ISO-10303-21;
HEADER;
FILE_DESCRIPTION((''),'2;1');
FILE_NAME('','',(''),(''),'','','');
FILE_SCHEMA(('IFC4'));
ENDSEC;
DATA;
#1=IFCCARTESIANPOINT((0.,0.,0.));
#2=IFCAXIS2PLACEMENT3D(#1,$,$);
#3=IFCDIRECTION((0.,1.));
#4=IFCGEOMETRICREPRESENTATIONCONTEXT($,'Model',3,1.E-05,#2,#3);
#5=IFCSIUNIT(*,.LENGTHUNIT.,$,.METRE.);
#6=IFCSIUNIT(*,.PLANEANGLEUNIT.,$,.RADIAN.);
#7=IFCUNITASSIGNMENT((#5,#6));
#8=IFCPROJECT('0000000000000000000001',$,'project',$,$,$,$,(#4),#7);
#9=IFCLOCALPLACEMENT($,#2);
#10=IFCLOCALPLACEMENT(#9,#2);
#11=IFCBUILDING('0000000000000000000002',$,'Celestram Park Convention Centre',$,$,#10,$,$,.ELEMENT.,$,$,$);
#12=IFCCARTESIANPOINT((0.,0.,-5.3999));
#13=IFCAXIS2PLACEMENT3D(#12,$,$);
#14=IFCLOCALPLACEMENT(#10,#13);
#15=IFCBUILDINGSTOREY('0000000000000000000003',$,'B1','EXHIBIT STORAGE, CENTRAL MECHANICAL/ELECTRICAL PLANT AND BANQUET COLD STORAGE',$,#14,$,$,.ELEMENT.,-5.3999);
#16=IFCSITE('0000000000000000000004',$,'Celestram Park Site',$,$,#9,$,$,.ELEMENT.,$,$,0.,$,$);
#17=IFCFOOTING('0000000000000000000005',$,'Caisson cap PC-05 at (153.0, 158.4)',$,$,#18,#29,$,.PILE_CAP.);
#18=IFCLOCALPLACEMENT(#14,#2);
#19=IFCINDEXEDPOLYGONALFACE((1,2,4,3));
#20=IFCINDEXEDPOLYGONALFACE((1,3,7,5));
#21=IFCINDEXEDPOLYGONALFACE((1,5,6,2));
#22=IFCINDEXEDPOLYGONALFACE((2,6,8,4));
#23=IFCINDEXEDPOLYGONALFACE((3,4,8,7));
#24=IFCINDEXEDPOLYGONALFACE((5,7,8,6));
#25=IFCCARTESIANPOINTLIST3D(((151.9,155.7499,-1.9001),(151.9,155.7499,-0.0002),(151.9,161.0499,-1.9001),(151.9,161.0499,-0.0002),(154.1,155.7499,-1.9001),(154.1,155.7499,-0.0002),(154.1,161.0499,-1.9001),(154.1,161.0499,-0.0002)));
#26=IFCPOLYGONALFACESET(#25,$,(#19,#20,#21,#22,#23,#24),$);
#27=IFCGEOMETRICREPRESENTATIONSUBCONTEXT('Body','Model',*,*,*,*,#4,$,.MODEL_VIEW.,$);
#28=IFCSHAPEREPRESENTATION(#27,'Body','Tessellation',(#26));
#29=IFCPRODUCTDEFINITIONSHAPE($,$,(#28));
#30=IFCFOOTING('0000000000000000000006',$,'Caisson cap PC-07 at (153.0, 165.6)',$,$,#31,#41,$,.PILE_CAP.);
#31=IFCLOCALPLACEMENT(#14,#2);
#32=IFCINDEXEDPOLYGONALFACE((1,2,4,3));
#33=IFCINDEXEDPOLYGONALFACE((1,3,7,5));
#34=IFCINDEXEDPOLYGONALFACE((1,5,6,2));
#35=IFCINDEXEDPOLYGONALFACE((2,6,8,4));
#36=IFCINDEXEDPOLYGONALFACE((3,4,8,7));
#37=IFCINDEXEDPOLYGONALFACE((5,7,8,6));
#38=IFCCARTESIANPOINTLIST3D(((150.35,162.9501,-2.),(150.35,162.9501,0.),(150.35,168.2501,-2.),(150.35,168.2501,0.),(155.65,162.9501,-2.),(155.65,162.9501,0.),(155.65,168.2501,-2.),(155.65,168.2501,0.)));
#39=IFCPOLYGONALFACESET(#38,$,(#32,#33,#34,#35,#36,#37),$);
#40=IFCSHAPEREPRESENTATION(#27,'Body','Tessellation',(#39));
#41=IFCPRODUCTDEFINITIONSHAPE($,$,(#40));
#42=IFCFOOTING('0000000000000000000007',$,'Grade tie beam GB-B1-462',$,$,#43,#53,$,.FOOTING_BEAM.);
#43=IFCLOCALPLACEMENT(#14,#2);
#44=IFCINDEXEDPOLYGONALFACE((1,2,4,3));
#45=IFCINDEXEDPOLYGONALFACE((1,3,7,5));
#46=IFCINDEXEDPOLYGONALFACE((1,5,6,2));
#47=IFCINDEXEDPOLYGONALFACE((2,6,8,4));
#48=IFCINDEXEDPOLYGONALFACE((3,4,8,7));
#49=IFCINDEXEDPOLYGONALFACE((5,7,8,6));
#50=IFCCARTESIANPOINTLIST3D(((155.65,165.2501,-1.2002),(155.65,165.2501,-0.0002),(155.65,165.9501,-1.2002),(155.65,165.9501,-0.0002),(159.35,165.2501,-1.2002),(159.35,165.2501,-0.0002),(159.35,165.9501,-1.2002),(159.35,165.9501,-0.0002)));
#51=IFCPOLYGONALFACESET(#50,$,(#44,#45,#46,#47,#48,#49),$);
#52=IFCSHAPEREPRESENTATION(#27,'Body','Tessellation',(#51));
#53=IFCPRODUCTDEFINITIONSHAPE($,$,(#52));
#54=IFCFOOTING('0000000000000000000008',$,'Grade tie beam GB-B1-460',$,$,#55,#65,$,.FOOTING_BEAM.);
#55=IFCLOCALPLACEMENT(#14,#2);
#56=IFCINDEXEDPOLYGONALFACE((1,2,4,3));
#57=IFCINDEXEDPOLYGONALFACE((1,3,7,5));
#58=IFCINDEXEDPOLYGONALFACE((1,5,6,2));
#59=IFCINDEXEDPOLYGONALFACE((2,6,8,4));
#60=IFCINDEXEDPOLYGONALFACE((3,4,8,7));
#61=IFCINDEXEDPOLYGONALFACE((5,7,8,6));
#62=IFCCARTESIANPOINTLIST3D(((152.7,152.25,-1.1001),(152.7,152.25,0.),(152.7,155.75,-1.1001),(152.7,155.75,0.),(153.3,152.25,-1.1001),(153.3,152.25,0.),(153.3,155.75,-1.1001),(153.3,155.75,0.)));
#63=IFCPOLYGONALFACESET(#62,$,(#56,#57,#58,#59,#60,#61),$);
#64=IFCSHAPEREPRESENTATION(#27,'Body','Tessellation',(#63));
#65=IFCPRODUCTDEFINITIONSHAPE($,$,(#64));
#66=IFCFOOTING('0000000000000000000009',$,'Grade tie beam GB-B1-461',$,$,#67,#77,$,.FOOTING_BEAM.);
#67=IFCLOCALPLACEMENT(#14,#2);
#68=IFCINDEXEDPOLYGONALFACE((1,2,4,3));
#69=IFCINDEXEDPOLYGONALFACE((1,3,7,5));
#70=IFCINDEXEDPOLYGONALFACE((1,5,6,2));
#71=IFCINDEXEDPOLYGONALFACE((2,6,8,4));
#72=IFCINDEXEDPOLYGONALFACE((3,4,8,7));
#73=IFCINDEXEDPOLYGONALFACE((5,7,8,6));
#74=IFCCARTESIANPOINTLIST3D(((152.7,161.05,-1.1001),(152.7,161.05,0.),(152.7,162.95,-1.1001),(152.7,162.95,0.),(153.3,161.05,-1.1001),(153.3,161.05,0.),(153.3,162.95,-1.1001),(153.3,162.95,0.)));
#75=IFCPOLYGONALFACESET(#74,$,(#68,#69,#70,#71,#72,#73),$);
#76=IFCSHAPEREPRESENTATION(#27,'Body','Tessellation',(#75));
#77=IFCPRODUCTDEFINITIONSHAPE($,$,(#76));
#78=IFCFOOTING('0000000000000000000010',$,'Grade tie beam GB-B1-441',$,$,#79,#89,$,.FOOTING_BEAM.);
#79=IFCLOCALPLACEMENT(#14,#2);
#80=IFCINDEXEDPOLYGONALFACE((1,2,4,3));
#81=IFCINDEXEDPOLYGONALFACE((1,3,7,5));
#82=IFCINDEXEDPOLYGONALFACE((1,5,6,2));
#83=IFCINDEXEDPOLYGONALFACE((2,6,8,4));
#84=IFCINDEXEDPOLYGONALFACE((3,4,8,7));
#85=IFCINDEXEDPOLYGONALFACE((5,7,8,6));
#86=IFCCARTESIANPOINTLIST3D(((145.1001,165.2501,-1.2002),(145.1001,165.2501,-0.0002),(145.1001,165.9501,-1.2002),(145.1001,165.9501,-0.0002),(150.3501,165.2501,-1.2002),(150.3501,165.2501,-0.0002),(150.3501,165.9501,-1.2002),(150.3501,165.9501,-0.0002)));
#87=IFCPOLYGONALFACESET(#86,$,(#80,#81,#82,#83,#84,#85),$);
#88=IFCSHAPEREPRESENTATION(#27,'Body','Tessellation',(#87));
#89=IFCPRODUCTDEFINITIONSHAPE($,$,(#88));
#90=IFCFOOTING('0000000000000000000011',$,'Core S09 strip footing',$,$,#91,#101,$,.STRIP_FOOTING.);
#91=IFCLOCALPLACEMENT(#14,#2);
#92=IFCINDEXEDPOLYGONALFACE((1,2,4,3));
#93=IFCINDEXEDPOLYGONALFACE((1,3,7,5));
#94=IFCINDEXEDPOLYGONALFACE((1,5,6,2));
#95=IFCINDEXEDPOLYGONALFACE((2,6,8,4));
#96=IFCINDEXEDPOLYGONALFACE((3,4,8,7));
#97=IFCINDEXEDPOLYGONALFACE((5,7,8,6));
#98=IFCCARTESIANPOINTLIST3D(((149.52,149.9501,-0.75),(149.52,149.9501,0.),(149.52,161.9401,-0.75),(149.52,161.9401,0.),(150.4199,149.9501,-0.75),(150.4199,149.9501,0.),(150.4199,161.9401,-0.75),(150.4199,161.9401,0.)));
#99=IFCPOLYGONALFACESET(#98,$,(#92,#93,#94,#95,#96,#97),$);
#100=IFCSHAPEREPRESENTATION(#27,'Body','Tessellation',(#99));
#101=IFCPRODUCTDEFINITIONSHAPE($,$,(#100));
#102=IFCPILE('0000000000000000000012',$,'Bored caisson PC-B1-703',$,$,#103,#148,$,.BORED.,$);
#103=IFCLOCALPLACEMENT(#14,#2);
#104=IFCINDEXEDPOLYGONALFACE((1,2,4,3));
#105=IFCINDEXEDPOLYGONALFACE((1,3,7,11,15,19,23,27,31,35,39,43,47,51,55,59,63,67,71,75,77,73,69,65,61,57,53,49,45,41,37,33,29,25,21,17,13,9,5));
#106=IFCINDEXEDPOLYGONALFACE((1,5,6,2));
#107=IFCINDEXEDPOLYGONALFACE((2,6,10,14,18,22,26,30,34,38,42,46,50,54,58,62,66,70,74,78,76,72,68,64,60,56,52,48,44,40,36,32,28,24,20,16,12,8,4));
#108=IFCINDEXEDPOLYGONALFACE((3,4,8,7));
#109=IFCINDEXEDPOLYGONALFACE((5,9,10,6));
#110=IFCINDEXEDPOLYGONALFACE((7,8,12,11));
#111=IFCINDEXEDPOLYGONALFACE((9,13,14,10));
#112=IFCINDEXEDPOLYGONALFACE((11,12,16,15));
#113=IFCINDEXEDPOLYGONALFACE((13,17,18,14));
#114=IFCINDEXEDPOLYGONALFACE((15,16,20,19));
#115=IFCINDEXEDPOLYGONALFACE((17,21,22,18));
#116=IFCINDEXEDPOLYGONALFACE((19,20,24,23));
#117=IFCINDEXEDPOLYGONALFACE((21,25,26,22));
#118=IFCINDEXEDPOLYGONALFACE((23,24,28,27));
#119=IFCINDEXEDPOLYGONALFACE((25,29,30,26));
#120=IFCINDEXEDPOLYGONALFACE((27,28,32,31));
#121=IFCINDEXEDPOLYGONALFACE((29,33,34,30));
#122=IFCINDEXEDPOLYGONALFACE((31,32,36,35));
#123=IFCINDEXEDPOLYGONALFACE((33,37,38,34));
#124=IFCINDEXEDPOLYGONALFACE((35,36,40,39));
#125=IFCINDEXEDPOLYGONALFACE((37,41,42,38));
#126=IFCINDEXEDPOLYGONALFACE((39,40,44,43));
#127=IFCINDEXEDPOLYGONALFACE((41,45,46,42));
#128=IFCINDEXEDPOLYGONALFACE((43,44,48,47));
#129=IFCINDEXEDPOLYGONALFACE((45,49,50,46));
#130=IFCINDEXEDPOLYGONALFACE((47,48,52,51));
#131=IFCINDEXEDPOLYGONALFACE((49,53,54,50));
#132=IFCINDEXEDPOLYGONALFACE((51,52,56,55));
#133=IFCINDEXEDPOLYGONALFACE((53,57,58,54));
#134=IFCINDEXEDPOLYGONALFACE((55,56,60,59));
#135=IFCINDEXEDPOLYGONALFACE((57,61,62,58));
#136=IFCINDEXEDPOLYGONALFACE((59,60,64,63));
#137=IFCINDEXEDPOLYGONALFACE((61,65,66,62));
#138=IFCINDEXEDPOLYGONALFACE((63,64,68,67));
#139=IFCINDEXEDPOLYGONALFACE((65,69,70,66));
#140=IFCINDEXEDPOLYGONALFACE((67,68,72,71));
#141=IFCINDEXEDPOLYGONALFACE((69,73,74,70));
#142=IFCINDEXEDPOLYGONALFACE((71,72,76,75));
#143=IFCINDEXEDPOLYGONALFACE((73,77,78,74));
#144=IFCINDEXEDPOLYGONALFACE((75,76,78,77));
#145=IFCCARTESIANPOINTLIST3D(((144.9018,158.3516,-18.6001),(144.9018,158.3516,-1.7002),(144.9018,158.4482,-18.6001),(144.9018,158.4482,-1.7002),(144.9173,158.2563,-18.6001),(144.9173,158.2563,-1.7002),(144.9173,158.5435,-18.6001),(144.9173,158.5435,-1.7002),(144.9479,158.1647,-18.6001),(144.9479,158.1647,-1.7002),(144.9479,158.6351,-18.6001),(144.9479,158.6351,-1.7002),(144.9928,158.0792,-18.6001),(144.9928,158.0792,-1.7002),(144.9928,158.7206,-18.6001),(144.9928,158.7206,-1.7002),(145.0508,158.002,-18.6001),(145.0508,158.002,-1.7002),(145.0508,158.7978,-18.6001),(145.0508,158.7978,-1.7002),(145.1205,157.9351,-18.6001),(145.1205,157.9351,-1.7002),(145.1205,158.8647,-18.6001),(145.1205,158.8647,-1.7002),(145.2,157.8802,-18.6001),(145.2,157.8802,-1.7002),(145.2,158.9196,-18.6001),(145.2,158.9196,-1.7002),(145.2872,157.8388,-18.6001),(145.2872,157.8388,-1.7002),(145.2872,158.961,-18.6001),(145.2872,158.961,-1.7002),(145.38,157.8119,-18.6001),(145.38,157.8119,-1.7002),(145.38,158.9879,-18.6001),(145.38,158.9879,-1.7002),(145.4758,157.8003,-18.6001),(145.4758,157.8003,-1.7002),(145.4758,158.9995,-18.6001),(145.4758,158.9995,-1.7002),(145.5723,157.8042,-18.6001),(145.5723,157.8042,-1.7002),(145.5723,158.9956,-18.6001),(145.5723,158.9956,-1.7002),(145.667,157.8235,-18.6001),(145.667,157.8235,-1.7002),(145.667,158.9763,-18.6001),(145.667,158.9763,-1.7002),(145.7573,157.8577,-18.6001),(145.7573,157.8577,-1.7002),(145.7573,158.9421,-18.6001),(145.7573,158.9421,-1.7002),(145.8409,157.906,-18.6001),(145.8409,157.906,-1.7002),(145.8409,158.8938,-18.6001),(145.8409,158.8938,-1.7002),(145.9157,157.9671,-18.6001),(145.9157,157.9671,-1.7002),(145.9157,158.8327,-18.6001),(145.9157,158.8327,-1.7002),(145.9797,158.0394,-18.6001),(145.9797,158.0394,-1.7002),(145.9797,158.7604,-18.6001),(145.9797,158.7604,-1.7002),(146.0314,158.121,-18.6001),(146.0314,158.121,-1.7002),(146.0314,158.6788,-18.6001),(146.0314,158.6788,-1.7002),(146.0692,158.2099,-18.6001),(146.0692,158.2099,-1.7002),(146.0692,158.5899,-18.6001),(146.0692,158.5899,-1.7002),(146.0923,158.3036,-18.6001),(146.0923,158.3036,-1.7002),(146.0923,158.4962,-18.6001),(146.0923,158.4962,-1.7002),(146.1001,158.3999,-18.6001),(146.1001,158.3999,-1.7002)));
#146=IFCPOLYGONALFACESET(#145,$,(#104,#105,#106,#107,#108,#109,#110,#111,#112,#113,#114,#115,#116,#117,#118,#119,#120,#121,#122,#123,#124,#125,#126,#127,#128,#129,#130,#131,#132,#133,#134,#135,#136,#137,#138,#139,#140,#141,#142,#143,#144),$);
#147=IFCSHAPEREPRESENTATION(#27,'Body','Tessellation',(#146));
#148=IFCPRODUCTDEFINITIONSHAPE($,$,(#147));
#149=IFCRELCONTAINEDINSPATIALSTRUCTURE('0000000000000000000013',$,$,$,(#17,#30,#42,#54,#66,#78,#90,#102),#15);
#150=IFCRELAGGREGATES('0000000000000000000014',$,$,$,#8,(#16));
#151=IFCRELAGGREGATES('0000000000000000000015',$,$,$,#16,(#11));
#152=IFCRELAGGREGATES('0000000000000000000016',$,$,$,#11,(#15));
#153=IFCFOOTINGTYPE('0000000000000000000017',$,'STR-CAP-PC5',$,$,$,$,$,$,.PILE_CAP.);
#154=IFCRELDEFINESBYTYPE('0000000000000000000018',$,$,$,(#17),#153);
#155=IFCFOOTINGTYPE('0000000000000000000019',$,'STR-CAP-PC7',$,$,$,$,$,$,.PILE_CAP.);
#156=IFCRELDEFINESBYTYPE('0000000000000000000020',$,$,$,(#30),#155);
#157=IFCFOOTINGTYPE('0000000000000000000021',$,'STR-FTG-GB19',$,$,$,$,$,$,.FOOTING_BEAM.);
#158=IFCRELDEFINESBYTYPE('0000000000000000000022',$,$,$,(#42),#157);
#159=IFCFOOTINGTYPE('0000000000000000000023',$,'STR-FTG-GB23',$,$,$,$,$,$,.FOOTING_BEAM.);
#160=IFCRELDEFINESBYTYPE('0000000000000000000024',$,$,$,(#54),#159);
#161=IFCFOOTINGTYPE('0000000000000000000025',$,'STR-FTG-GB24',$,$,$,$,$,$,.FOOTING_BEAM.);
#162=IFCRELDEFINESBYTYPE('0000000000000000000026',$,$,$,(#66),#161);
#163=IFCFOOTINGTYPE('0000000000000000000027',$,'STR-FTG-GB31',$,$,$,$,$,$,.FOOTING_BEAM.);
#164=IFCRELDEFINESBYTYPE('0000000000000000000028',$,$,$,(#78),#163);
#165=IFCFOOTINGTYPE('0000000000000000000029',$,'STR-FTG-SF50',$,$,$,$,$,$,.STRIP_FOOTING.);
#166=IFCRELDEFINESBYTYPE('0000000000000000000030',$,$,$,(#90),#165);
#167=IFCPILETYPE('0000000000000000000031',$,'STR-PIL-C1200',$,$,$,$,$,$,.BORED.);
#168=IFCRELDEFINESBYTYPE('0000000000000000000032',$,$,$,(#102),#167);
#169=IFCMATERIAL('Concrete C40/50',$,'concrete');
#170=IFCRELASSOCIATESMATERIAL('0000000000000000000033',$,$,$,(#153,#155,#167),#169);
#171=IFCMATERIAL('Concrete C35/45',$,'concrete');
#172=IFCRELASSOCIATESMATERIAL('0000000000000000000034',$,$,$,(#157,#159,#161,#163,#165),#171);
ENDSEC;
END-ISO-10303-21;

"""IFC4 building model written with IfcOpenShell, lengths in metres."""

from ifc_helpers import new_model, si_unit, direction, frame, origin, origin_2d, place, context, subcontext, project, spatial, rectangle, circle, extrude, material, material_profile, profile_set, type_object, element, save


model = new_model("IFC4")

# Units and contexts
model_context = context("Model", 3, precision=1e-05, world=origin(), true_north=direction((0.0, 1.0)))
body_context = subcontext(model_context, "Body", "Model", "MODEL_VIEW")
ifc_project = project(units=[si_unit("LENGTHUNIT", "METRE"), si_unit("PLANEANGLEUNIT", "RADIAN")], contexts=[model_context])

# Site, building, storey
site_placement = place(None, origin())
site = spatial("IfcSite", under=ifc_project, at=site_placement, Name="Celestram Park Site", CompositionType="ELEMENT", RefElevation=0.0)
building_placement = place(site_placement, origin())
building = spatial("IfcBuilding", under=site, at=building_placement, Name="Celestram Park Convention Centre", CompositionType="ELEMENT")
storey_placement = place(building_placement, frame((0.0, 0.0, -5.3999)))
storey = spatial("IfcBuildingStorey", under=building, at=storey_placement, Name="B1", Description="EXHIBIT STORAGE, CENTRAL MECHANICAL/ELECTRICAL PLANT AND BANQUET COLD STORAGE", CompositionType="ELEMENT", Elevation=-5.3999)

# Footings
ifc_material_1 = material(Name="Concrete C40/50", Category="concrete")
footing_type_1 = type_object("IfcFootingType", Name="STR-CAP-PC5", PredefinedType="PILE_CAP", material=ifc_material_1)
footing_1_placement = place(storey_placement, frame((153.0, 158.3999, -1.9001), z_axis=(0.0, 0.0, 1.0), x_axis=(1.0, 0.0, 0.0)))
element("IfcFooting", 1, at=footing_1_placement, inside=storey, type_object=footing_type_1, Name="Caisson cap PC-05 at (153.0, 158.4)", PredefinedType="PILE_CAP", context=body_context, shape_type="SweptSolid", body=[
    extrude(rectangle(XDim=2.2, YDim=5.3, at=origin_2d()), origin(), (0.0, 0.0, 1.0), 1.8999),
])
footing_type_2 = type_object("IfcFootingType", Name="STR-CAP-PC7", PredefinedType="PILE_CAP", material=ifc_material_1)
footing_2_placement = place(storey_placement, frame((153.0, 165.6001, -2.0), z_axis=(0.0, 0.0, 1.0), x_axis=(1.0, 0.0, 0.0)))
element("IfcFooting", 2, at=footing_2_placement, inside=storey, type_object=footing_type_2, Name="Caisson cap PC-07 at (153.0, 165.6)", PredefinedType="PILE_CAP", context=body_context, shape_type="SweptSolid", body=[
    extrude(rectangle(XDim=5.3, YDim=5.3, at=origin_2d()), origin(), (0.0, 0.0, 1.0), 2.0),
])
ifc_material_2 = material(Name="Concrete C35/45", Category="concrete")
footing_type_3 = type_object("IfcFootingType", Name="STR-FTG-GB19", PredefinedType="FOOTING_BEAM", material=ifc_material_2)
footing_3_placement = place(storey_placement, frame((157.5, 165.6001, -1.2002), z_axis=(0.0, 0.0, 1.0), x_axis=(1.0, 0.0, 0.0)))
element("IfcFooting", 3, at=footing_3_placement, inside=storey, type_object=footing_type_3, Name="Grade tie beam GB-B1-462", PredefinedType="FOOTING_BEAM", context=body_context, shape_type="SweptSolid", body=[
    extrude(rectangle(XDim=3.7, YDim=0.7, at=origin_2d()), origin(), (0.0, 0.0, 1.0), 1.2),
])
footing_type_4 = type_object("IfcFootingType", Name="STR-FTG-GB23", PredefinedType="FOOTING_BEAM", material=ifc_material_2)
footing_4_placement = place(storey_placement, frame((153.0, 154.0, -1.1001), z_axis=(0.0, 0.0, 1.0), x_axis=(0.0, 1.0, 0.0)))
element("IfcFooting", 4, at=footing_4_placement, inside=storey, type_object=footing_type_4, Name="Grade tie beam GB-B1-460", PredefinedType="FOOTING_BEAM", context=body_context, shape_type="SweptSolid", body=[
    extrude(rectangle(XDim=3.5, YDim=0.6001, at=origin_2d()), origin(), (0.0, 0.0, 1.0), 1.1001),
])
footing_type_5 = type_object("IfcFootingType", Name="STR-FTG-GB24", PredefinedType="FOOTING_BEAM", material=ifc_material_2)
footing_5_placement = place(storey_placement, frame((153.0, 162.0, -1.1001), z_axis=(0.0, 0.0, 1.0), x_axis=(0.0, 1.0, 0.0)))
element("IfcFooting", 5, at=footing_5_placement, inside=storey, type_object=footing_type_5, Name="Grade tie beam GB-B1-461", PredefinedType="FOOTING_BEAM", context=body_context, shape_type="SweptSolid", body=[
    extrude(rectangle(XDim=1.8999, YDim=0.6001, at=origin_2d()), origin(), (0.0, 0.0, 1.0), 1.1001),
])
footing_type_6 = type_object("IfcFootingType", Name="STR-FTG-GB31", PredefinedType="FOOTING_BEAM", material=ifc_material_2)
footing_6_placement = place(storey_placement, frame((147.7251, 165.6001, -1.2002), z_axis=(0.0, 0.0, 1.0), x_axis=(1.0, 0.0, 0.0)))
element("IfcFooting", 6, at=footing_6_placement, inside=storey, type_object=footing_type_6, Name="Grade tie beam GB-B1-441", PredefinedType="FOOTING_BEAM", context=body_context, shape_type="SweptSolid", body=[
    extrude(rectangle(XDim=5.25, YDim=0.7, at=origin_2d()), origin(), (0.0, 0.0, 1.0), 1.2),
])
footing_type_7 = type_object("IfcFootingType", Name="STR-FTG-SF50", PredefinedType="STRIP_FOOTING", material=ifc_material_2)
footing_7_placement = place(storey_placement, frame((149.97, 155.9451, -0.75), z_axis=(0.0, 0.0, 1.0), x_axis=(0.0, 1.0, 0.0)))
element("IfcFooting", 7, at=footing_7_placement, inside=storey, type_object=footing_type_7, Name="Core S09 strip footing", PredefinedType="STRIP_FOOTING", context=body_context, shape_type="SweptSolid", body=[
    extrude(rectangle(XDim=11.99, YDim=0.8999, at=origin_2d()), origin(), (0.0, 0.0, 1.0), 0.75),
])

# Pile
ifc_material_profile_1 = material_profile(ifc_material_1, circle(Radius=0.6001, at=origin_2d()), Name="CAISSON1200")
ifc_profile_set_1 = profile_set([ifc_material_profile_1], Name="Concrete C40/50")
pile_type_1 = type_object("IfcPileType", Name="STR-PIL-C1200", PredefinedType="BORED", material=ifc_profile_set_1)
pile_placement = place(storey_placement, frame((145.5, 158.3999, -1.7002), z_axis=(0.0, 0.0, -1.0), x_axis=(1.0, 0.0, 0.0)))
element("IfcPile", 8, at=pile_placement, inside=storey, type_object=pile_type_1, Name="Bored caisson PC-B1-703", PredefinedType="BORED", context=body_context, shape_type="SweptSolid", body=[
    extrude(circle(Radius=0.6001, at=origin_2d()), origin(), (0.0, 0.0, 1.0), 16.8999),
])

save(model, "model.ifc")
